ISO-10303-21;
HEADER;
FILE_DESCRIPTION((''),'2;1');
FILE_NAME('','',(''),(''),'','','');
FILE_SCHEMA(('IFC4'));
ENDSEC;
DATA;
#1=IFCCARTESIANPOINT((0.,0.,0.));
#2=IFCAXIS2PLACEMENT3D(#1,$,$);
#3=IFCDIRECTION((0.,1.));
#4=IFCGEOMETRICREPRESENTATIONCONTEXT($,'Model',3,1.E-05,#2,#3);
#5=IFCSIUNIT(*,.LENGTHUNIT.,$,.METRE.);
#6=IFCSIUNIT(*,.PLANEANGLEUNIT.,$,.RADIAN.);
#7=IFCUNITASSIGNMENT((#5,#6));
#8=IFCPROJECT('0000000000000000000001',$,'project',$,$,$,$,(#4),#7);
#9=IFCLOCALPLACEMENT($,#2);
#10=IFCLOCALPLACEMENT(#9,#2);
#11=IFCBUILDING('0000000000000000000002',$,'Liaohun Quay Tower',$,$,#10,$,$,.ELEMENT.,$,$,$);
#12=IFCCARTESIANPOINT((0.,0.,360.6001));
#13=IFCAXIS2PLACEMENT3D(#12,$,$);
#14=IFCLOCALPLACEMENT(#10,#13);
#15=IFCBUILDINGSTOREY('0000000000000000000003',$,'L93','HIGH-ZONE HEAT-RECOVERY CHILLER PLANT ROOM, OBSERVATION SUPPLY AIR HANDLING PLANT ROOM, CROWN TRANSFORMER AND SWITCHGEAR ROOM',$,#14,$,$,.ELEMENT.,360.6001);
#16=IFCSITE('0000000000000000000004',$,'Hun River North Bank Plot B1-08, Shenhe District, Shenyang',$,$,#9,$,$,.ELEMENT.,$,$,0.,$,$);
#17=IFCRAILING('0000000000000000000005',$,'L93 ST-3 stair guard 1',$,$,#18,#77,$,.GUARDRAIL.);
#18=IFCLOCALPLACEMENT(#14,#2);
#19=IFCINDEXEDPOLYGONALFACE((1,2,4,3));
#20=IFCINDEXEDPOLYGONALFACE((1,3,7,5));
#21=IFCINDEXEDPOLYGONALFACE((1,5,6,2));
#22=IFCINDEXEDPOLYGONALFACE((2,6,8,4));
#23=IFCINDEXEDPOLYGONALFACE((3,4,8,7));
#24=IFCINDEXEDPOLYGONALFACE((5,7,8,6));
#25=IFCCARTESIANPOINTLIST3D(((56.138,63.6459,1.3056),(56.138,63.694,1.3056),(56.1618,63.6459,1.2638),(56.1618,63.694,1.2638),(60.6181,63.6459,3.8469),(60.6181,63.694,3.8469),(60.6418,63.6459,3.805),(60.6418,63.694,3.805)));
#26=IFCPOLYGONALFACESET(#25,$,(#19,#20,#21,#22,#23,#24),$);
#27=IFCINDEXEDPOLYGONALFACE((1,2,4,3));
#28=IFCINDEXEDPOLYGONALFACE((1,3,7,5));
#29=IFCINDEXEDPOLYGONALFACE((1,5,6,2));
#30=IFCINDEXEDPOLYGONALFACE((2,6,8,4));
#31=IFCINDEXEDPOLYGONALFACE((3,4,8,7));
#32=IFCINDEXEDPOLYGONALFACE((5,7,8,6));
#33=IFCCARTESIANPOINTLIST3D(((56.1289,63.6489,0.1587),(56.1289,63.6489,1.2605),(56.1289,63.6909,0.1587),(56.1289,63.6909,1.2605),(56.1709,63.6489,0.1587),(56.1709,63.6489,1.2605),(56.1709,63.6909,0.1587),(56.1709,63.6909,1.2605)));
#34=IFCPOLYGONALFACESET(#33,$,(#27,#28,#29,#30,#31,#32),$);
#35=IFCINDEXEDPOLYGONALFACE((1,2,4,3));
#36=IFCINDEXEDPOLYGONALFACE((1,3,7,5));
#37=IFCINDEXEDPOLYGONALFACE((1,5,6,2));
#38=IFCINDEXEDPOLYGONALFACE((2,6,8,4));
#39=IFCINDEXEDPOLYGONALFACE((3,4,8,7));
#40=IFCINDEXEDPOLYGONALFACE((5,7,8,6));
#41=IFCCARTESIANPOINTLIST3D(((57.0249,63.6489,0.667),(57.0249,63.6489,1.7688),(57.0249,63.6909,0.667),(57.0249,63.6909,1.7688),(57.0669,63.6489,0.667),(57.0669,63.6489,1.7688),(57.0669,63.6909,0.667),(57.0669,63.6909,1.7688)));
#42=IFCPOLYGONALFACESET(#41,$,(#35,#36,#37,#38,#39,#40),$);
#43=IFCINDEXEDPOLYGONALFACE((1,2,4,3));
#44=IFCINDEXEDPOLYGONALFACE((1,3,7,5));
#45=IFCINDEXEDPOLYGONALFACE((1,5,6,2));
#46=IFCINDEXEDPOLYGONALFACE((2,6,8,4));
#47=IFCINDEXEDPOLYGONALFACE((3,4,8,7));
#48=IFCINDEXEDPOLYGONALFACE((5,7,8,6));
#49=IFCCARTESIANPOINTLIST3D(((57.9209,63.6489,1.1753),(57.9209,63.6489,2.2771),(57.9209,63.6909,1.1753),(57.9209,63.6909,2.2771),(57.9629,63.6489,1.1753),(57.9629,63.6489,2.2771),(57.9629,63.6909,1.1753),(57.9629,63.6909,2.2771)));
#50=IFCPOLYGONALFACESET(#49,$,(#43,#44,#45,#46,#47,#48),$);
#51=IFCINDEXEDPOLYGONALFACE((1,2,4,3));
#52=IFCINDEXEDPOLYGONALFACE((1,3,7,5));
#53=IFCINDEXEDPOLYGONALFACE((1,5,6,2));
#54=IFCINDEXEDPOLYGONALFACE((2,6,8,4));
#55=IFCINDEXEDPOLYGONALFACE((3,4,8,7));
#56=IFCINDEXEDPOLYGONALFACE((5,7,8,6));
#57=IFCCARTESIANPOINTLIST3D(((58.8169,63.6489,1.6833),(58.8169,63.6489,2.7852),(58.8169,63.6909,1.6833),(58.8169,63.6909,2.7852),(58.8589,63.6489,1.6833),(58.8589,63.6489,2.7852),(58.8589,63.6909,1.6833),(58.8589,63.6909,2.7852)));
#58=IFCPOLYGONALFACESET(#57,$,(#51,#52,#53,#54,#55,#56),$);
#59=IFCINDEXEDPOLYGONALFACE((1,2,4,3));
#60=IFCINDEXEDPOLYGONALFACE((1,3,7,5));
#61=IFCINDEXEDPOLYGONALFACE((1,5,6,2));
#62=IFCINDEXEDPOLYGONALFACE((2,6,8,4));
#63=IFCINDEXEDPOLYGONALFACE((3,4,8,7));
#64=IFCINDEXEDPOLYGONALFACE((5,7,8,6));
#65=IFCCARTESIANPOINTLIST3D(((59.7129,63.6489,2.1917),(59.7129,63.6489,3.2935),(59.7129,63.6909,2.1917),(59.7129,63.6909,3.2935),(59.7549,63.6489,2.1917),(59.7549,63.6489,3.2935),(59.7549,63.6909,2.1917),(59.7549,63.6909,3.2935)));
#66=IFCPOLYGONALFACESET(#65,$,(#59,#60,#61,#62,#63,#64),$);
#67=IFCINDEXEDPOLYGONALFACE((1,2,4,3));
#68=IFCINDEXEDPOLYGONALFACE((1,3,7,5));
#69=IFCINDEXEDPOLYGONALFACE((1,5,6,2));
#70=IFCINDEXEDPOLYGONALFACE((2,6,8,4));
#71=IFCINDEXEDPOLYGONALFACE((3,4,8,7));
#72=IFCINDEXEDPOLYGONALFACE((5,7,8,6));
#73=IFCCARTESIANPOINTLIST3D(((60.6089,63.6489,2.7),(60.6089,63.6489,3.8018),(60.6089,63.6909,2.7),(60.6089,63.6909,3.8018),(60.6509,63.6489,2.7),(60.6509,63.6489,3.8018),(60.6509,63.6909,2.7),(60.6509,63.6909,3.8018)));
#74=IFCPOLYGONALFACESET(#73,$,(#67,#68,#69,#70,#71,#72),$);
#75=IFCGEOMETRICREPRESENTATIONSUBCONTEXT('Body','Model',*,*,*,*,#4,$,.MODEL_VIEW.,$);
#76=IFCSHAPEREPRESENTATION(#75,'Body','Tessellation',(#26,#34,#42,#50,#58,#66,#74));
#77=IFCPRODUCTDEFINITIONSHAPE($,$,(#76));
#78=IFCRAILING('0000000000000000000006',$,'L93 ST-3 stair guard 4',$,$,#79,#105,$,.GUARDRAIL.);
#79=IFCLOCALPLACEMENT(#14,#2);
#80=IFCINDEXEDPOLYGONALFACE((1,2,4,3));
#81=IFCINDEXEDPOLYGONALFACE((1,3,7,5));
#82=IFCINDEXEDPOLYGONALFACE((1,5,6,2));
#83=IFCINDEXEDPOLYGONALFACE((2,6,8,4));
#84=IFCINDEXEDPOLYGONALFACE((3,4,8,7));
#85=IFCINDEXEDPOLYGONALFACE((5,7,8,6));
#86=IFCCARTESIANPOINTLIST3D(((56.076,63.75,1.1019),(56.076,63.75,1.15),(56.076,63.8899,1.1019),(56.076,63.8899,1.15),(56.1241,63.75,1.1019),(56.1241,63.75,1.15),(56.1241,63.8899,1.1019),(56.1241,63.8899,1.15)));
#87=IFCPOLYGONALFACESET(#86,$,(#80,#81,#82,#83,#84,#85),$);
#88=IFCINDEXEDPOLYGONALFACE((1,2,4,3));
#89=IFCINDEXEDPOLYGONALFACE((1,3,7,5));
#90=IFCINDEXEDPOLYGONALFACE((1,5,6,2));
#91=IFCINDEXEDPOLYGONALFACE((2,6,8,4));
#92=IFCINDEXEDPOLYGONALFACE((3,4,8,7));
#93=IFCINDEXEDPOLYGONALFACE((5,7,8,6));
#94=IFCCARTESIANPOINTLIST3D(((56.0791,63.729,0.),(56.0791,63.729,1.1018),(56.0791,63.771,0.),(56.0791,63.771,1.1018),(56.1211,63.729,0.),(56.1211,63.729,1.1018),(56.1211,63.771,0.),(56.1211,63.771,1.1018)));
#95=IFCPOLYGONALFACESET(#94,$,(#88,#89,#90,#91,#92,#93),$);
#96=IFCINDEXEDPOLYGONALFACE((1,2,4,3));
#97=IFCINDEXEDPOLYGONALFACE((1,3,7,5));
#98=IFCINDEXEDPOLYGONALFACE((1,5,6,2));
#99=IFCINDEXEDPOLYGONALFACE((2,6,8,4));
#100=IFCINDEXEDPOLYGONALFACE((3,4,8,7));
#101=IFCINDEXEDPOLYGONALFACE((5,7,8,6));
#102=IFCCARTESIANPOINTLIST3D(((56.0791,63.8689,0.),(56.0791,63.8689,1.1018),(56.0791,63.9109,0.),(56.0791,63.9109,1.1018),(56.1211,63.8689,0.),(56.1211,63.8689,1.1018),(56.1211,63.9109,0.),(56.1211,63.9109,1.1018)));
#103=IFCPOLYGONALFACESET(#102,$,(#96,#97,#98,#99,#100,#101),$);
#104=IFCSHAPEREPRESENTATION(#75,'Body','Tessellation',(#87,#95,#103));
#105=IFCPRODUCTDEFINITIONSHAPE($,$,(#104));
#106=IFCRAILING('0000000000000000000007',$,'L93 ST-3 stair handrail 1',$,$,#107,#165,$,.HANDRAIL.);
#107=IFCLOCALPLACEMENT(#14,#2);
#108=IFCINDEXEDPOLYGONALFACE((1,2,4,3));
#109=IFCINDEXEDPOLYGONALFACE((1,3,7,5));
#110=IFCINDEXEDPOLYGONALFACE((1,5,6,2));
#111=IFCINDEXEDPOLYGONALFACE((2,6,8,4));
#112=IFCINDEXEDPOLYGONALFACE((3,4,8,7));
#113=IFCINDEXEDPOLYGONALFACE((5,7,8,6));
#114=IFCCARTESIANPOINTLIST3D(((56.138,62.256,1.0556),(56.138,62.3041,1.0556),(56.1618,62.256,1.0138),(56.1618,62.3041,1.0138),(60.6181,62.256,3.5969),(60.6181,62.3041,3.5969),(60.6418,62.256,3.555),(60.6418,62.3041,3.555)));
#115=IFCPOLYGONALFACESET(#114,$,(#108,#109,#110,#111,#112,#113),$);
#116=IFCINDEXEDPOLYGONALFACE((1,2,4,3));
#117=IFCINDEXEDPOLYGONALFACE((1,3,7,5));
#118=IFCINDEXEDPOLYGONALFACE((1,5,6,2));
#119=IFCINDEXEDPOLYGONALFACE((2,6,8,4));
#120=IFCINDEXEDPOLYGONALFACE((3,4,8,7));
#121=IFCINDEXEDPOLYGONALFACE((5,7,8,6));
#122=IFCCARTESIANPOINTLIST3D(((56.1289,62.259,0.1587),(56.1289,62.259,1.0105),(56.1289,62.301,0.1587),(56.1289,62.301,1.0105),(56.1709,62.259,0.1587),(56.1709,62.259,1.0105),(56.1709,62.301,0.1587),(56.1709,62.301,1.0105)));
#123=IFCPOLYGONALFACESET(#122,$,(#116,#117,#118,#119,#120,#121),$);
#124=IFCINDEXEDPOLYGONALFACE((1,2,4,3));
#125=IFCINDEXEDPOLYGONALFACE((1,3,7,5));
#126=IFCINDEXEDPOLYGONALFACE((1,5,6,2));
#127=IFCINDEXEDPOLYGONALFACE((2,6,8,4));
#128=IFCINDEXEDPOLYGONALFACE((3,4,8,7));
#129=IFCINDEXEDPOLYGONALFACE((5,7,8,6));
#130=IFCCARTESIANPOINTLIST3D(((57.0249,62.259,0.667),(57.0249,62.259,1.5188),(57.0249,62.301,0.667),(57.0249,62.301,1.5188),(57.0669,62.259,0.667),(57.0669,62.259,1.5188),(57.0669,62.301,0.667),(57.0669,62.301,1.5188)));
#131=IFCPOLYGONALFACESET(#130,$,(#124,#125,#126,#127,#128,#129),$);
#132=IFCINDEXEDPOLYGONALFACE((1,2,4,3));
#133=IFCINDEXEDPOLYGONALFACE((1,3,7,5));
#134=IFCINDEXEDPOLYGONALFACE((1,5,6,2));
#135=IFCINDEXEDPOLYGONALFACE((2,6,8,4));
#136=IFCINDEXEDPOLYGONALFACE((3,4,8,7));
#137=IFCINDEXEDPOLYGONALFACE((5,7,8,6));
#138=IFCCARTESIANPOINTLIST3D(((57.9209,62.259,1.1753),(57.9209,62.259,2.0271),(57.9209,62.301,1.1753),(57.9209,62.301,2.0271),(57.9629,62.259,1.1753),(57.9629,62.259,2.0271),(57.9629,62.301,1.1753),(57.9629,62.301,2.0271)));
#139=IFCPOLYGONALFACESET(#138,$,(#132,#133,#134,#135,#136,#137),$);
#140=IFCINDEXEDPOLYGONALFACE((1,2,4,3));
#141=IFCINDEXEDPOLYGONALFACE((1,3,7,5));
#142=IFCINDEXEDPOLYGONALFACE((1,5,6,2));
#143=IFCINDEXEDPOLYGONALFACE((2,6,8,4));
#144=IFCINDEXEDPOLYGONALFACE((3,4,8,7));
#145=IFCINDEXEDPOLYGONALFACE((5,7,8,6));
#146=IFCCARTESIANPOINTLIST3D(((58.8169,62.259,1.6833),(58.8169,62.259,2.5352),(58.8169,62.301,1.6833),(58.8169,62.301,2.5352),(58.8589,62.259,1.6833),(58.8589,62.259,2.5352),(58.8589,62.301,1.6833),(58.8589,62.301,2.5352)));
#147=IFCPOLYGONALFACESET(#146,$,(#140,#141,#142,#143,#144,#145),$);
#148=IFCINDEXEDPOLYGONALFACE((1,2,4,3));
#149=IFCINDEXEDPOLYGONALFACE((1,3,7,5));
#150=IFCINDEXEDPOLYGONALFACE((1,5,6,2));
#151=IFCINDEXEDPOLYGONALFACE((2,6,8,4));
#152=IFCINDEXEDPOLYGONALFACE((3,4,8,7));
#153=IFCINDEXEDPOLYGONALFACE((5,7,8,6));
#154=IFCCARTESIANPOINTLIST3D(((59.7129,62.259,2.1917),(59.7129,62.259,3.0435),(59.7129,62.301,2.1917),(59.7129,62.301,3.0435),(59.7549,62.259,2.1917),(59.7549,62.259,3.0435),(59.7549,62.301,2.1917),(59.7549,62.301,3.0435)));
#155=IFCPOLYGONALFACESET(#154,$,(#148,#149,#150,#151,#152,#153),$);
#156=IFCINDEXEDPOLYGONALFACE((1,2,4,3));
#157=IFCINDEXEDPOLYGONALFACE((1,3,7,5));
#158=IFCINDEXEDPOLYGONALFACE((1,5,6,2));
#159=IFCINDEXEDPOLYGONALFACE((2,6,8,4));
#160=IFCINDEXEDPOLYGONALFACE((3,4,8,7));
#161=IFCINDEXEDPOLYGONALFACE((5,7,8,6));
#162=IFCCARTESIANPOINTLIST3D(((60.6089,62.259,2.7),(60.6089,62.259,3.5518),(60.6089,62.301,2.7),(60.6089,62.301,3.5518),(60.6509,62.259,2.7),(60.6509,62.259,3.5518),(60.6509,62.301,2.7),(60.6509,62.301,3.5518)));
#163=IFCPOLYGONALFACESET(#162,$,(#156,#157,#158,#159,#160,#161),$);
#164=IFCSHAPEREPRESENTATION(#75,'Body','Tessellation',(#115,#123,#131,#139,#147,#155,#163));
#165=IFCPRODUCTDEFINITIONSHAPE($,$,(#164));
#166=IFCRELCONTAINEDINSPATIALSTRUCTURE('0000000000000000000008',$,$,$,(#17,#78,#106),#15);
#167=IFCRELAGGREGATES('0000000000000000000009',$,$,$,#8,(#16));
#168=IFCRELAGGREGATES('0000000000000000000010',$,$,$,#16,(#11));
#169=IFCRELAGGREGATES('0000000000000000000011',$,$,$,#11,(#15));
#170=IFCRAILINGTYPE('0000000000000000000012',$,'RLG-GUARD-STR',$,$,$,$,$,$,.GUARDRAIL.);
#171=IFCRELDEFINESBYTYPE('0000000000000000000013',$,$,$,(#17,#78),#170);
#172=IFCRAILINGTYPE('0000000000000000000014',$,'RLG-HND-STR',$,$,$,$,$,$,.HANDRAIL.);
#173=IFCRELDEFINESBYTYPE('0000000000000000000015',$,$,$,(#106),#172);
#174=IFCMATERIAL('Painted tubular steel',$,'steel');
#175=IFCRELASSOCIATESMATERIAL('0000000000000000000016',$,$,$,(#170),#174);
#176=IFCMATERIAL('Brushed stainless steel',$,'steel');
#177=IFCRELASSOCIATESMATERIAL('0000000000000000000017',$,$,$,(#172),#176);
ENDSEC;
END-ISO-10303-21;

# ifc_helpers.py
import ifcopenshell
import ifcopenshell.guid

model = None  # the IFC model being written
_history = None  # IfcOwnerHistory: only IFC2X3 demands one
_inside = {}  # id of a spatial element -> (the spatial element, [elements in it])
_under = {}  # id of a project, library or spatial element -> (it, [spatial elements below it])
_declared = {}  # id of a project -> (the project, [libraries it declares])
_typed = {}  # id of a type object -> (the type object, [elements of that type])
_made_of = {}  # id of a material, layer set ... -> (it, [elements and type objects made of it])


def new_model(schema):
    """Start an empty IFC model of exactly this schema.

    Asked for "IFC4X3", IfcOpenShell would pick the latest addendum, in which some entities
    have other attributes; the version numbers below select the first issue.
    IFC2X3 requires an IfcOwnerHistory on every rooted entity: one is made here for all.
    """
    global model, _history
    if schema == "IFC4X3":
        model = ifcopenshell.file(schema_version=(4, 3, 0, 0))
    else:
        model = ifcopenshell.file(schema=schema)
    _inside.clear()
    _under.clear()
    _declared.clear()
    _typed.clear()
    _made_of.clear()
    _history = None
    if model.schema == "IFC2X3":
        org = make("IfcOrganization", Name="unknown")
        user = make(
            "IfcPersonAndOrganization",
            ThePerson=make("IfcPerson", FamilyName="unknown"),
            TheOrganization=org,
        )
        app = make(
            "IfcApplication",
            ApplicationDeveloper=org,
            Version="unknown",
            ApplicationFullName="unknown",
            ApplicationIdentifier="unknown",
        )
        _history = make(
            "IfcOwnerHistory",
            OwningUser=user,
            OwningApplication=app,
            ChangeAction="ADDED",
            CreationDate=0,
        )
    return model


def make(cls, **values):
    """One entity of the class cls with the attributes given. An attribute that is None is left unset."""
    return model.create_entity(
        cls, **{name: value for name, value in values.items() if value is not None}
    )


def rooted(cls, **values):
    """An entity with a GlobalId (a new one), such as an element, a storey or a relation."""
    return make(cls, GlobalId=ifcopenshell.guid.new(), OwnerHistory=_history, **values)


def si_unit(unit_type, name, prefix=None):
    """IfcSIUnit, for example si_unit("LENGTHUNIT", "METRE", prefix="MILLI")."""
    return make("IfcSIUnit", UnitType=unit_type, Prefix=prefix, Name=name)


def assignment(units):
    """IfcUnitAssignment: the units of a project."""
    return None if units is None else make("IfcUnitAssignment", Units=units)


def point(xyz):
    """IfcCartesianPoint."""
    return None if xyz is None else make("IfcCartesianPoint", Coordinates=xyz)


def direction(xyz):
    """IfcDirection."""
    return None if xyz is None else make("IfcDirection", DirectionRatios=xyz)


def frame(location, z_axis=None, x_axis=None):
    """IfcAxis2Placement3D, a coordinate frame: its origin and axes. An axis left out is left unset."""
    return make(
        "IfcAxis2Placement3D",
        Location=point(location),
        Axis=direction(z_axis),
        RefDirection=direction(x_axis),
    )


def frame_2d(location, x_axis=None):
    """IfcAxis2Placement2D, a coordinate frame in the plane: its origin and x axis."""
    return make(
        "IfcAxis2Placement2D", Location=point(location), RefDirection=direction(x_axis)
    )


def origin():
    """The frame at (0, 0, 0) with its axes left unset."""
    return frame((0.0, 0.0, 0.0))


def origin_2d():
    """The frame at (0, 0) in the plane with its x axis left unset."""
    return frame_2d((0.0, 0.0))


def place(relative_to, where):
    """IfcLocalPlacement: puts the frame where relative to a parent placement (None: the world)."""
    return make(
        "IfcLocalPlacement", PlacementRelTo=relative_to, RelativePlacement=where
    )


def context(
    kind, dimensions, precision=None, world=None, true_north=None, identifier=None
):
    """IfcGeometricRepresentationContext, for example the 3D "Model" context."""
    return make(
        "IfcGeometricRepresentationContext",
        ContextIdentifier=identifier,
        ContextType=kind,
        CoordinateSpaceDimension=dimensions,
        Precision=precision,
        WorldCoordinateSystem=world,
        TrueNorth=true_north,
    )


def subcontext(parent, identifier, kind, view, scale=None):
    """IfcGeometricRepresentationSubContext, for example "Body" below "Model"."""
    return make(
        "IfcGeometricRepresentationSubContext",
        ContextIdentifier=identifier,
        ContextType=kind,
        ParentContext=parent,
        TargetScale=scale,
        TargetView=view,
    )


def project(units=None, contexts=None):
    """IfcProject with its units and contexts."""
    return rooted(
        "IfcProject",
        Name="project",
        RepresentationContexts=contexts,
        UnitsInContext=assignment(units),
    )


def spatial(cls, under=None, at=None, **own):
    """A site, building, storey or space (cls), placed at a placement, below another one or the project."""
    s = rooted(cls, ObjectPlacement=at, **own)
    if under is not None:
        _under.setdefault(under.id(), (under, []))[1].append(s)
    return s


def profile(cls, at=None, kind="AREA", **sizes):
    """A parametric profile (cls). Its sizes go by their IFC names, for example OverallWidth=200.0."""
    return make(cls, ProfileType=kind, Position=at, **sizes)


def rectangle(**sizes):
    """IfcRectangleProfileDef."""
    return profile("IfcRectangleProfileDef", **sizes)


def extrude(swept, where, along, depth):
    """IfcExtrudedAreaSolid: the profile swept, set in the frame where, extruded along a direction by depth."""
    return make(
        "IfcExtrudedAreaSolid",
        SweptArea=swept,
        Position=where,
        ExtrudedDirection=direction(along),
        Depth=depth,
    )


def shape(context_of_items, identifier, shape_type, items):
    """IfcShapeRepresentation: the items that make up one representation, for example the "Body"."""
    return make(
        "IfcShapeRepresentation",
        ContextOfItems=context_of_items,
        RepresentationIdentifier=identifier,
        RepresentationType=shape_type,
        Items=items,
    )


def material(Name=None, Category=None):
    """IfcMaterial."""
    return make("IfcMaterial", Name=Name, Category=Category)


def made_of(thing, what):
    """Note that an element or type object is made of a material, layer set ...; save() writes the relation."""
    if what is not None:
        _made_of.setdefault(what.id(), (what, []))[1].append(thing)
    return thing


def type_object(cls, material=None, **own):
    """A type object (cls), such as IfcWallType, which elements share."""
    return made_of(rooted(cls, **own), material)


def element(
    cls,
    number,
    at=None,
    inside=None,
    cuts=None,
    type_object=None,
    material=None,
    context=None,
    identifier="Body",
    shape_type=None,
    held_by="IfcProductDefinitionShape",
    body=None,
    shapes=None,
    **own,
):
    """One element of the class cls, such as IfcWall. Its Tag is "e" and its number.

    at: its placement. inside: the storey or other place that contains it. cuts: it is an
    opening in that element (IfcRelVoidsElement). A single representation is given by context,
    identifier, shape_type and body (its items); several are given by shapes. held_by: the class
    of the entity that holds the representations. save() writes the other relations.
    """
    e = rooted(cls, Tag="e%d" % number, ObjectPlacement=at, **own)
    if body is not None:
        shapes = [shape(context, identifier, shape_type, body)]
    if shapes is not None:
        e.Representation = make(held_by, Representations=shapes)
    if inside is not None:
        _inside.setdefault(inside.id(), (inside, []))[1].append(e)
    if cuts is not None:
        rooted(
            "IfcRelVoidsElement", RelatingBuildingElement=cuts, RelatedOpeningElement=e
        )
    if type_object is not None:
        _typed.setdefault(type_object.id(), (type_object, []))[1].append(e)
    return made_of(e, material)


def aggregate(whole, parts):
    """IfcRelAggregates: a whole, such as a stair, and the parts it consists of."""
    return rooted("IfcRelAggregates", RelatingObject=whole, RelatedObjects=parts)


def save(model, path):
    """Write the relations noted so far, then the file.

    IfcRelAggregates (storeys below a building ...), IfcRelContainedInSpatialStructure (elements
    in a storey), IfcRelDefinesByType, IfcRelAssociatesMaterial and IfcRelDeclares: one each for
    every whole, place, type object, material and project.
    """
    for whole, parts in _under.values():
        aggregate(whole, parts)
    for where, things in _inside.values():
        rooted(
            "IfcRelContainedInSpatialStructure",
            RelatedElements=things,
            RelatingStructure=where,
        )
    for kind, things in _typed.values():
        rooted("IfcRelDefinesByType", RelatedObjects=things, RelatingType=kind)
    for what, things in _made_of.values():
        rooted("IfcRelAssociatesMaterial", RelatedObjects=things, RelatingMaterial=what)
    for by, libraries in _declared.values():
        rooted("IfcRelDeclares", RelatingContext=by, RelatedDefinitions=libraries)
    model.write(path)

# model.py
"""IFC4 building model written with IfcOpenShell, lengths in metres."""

from ifc_helpers import new_model, si_unit, direction, frame, origin, origin_2d, place, context, subcontext, project, spatial, rectangle, extrude, material, type_object, element, save


model = new_model("IFC4")

# Units and contexts
model_context = context("Model", 3, precision=1e-05, world=origin(), true_north=direction((0.0, 1.0)))
body_context = subcontext(model_context, "Body", "Model", "MODEL_VIEW")
ifc_project = project(units=[si_unit("LENGTHUNIT", "METRE"), si_unit("PLANEANGLEUNIT", "RADIAN")], contexts=[model_context])

# Site, building, storey
site_placement = place(None, origin())
site = spatial("IfcSite", under=ifc_project, at=site_placement, Name="Hun River North Bank Plot B1-08, Shenhe District, Shenyang", CompositionType="ELEMENT", RefElevation=0.0)
building_placement = place(site_placement, origin())
building = spatial("IfcBuilding", under=site, at=building_placement, Name="Liaohun Quay Tower", CompositionType="ELEMENT")
storey_placement = place(building_placement, frame((0.0, 0.0, 360.6001)))
storey = spatial("IfcBuildingStorey", under=building, at=storey_placement, Name="L93", Description="HIGH-ZONE HEAT-RECOVERY CHILLER PLANT ROOM, OBSERVATION SUPPLY AIR HANDLING PLANT ROOM, CROWN TRANSFORMER AND SWITCHGEAR ROOM", CompositionType="ELEMENT", Elevation=360.6001)

# Railings
ifc_material_1 = material(Name="Painted tubular steel", Category="steel")
railing_type_1 = type_object("IfcRailingType", Name="RLG-GUARD-STR", PredefinedType="GUARDRAIL", material=ifc_material_1)
railing_1_placement = place(storey_placement, frame((56.1499, 63.6699, 0.1587)))
element("IfcRailing", 1, at=railing_1_placement, inside=storey, type_object=railing_type_1, Name="L93 ST-3 stair guard 1", PredefinedType="GUARDRAIL", context=body_context, shape_type="SweptSolid", body=[
    extrude(rectangle(XDim=0.0481, YDim=0.0481, at=origin_2d()), frame((0.0, 0.0, 1.126), z_axis=(0.869805, 0.0, 0.493395), x_axis=(0.0, 1.0, 0.0)), (0.0, 0.0, 1.0), 5.1506),
    extrude(rectangle(XDim=0.042, YDim=0.042, at=origin_2d()), origin(), (0.0, 0.0, 1.0), 1.1018),
    extrude(rectangle(XDim=0.042, YDim=0.042, at=origin_2d()), frame((0.896, 0.0, 0.5083)), (0.0, 0.0, 1.0), 1.1018),
    extrude(rectangle(XDim=0.042, YDim=0.042, at=origin_2d()), frame((1.792, 0.0, 1.0166)), (0.0, 0.0, 1.0), 1.1018),
    extrude(rectangle(XDim=0.042, YDim=0.042, at=origin_2d()), frame((2.688, 0.0, 1.5247)), (0.0, 0.0, 1.0), 1.1018),
    extrude(rectangle(XDim=0.042, YDim=0.042, at=origin_2d()), frame((3.584, 0.0, 2.033)), (0.0, 0.0, 1.0), 1.1018),
    extrude(rectangle(XDim=0.042, YDim=0.042, at=origin_2d()), frame((4.48, 0.0, 2.5413)), (0.0, 0.0, 1.0), 1.1018),
])
railing_2_placement = place(storey_placement, frame((56.1001, 63.75, 0.0)))
element("IfcRailing", 2, at=railing_2_placement, inside=storey, type_object=railing_type_1, Name="L93 ST-3 stair guard 4", PredefinedType="GUARDRAIL", context=body_context, shape_type="SweptSolid", body=[
    extrude(rectangle(XDim=0.0481, YDim=0.0481, at=origin_2d()), frame((0.0, 0.0, 1.126), z_axis=(0.0, 1.0, 0.0), x_axis=(-1.0, 0.0, 0.0)), (0.0, 0.0, 1.0), 0.1399),
    extrude(rectangle(XDim=0.042, YDim=0.042, at=origin_2d()), origin(), (0.0, 0.0, 1.0), 1.1018),
    extrude(rectangle(XDim=0.042, YDim=0.042, at=origin_2d()), frame((0.0, 0.1399, 0.0)), (0.0, 0.0, 1.0), 1.1018),
])
ifc_material_2 = material(Name="Brushed stainless steel", Category="steel")
railing_type_2 = type_object("IfcRailingType", Name="RLG-HND-STR", PredefinedType="HANDRAIL", material=ifc_material_2)
railing_3_placement = place(storey_placement, frame((56.1499, 62.28, 0.1587)))
element("IfcRailing", 3, at=railing_3_placement, inside=storey, type_object=railing_type_2, Name="L93 ST-3 stair handrail 1", PredefinedType="HANDRAIL", context=body_context, shape_type="SweptSolid", body=[
    extrude(rectangle(XDim=0.0481, YDim=0.0481, at=origin_2d()), frame((0.0, 0.0, 0.876), z_axis=(0.869805, 0.0, 0.493395), x_axis=(0.0, 1.0, 0.0)), (0.0, 0.0, 1.0), 5.1506),
    extrude(rectangle(XDim=0.042, YDim=0.042, at=origin_2d()), origin(), (0.0, 0.0, 1.0), 0.8518),
    extrude(rectangle(XDim=0.042, YDim=0.042, at=origin_2d()), frame((0.896, 0.0, 0.5083)), (0.0, 0.0, 1.0), 0.8518),
    extrude(rectangle(XDim=0.042, YDim=0.042, at=origin_2d()), frame((1.792, 0.0, 1.0166)), (0.0, 0.0, 1.0), 0.8518),
    extrude(rectangle(XDim=0.042, YDim=0.042, at=origin_2d()), frame((2.688, 0.0, 1.5247)), (0.0, 0.0, 1.0), 0.8518),
    extrude(rectangle(XDim=0.042, YDim=0.042, at=origin_2d()), frame((3.584, 0.0, 2.033)), (0.0, 0.0, 1.0), 0.8518),
    extrude(rectangle(XDim=0.042, YDim=0.042, at=origin_2d()), frame((4.48, 0.0, 2.5413)), (0.0, 0.0, 1.0), 0.8518),
])

save(model, "model.ifc")
